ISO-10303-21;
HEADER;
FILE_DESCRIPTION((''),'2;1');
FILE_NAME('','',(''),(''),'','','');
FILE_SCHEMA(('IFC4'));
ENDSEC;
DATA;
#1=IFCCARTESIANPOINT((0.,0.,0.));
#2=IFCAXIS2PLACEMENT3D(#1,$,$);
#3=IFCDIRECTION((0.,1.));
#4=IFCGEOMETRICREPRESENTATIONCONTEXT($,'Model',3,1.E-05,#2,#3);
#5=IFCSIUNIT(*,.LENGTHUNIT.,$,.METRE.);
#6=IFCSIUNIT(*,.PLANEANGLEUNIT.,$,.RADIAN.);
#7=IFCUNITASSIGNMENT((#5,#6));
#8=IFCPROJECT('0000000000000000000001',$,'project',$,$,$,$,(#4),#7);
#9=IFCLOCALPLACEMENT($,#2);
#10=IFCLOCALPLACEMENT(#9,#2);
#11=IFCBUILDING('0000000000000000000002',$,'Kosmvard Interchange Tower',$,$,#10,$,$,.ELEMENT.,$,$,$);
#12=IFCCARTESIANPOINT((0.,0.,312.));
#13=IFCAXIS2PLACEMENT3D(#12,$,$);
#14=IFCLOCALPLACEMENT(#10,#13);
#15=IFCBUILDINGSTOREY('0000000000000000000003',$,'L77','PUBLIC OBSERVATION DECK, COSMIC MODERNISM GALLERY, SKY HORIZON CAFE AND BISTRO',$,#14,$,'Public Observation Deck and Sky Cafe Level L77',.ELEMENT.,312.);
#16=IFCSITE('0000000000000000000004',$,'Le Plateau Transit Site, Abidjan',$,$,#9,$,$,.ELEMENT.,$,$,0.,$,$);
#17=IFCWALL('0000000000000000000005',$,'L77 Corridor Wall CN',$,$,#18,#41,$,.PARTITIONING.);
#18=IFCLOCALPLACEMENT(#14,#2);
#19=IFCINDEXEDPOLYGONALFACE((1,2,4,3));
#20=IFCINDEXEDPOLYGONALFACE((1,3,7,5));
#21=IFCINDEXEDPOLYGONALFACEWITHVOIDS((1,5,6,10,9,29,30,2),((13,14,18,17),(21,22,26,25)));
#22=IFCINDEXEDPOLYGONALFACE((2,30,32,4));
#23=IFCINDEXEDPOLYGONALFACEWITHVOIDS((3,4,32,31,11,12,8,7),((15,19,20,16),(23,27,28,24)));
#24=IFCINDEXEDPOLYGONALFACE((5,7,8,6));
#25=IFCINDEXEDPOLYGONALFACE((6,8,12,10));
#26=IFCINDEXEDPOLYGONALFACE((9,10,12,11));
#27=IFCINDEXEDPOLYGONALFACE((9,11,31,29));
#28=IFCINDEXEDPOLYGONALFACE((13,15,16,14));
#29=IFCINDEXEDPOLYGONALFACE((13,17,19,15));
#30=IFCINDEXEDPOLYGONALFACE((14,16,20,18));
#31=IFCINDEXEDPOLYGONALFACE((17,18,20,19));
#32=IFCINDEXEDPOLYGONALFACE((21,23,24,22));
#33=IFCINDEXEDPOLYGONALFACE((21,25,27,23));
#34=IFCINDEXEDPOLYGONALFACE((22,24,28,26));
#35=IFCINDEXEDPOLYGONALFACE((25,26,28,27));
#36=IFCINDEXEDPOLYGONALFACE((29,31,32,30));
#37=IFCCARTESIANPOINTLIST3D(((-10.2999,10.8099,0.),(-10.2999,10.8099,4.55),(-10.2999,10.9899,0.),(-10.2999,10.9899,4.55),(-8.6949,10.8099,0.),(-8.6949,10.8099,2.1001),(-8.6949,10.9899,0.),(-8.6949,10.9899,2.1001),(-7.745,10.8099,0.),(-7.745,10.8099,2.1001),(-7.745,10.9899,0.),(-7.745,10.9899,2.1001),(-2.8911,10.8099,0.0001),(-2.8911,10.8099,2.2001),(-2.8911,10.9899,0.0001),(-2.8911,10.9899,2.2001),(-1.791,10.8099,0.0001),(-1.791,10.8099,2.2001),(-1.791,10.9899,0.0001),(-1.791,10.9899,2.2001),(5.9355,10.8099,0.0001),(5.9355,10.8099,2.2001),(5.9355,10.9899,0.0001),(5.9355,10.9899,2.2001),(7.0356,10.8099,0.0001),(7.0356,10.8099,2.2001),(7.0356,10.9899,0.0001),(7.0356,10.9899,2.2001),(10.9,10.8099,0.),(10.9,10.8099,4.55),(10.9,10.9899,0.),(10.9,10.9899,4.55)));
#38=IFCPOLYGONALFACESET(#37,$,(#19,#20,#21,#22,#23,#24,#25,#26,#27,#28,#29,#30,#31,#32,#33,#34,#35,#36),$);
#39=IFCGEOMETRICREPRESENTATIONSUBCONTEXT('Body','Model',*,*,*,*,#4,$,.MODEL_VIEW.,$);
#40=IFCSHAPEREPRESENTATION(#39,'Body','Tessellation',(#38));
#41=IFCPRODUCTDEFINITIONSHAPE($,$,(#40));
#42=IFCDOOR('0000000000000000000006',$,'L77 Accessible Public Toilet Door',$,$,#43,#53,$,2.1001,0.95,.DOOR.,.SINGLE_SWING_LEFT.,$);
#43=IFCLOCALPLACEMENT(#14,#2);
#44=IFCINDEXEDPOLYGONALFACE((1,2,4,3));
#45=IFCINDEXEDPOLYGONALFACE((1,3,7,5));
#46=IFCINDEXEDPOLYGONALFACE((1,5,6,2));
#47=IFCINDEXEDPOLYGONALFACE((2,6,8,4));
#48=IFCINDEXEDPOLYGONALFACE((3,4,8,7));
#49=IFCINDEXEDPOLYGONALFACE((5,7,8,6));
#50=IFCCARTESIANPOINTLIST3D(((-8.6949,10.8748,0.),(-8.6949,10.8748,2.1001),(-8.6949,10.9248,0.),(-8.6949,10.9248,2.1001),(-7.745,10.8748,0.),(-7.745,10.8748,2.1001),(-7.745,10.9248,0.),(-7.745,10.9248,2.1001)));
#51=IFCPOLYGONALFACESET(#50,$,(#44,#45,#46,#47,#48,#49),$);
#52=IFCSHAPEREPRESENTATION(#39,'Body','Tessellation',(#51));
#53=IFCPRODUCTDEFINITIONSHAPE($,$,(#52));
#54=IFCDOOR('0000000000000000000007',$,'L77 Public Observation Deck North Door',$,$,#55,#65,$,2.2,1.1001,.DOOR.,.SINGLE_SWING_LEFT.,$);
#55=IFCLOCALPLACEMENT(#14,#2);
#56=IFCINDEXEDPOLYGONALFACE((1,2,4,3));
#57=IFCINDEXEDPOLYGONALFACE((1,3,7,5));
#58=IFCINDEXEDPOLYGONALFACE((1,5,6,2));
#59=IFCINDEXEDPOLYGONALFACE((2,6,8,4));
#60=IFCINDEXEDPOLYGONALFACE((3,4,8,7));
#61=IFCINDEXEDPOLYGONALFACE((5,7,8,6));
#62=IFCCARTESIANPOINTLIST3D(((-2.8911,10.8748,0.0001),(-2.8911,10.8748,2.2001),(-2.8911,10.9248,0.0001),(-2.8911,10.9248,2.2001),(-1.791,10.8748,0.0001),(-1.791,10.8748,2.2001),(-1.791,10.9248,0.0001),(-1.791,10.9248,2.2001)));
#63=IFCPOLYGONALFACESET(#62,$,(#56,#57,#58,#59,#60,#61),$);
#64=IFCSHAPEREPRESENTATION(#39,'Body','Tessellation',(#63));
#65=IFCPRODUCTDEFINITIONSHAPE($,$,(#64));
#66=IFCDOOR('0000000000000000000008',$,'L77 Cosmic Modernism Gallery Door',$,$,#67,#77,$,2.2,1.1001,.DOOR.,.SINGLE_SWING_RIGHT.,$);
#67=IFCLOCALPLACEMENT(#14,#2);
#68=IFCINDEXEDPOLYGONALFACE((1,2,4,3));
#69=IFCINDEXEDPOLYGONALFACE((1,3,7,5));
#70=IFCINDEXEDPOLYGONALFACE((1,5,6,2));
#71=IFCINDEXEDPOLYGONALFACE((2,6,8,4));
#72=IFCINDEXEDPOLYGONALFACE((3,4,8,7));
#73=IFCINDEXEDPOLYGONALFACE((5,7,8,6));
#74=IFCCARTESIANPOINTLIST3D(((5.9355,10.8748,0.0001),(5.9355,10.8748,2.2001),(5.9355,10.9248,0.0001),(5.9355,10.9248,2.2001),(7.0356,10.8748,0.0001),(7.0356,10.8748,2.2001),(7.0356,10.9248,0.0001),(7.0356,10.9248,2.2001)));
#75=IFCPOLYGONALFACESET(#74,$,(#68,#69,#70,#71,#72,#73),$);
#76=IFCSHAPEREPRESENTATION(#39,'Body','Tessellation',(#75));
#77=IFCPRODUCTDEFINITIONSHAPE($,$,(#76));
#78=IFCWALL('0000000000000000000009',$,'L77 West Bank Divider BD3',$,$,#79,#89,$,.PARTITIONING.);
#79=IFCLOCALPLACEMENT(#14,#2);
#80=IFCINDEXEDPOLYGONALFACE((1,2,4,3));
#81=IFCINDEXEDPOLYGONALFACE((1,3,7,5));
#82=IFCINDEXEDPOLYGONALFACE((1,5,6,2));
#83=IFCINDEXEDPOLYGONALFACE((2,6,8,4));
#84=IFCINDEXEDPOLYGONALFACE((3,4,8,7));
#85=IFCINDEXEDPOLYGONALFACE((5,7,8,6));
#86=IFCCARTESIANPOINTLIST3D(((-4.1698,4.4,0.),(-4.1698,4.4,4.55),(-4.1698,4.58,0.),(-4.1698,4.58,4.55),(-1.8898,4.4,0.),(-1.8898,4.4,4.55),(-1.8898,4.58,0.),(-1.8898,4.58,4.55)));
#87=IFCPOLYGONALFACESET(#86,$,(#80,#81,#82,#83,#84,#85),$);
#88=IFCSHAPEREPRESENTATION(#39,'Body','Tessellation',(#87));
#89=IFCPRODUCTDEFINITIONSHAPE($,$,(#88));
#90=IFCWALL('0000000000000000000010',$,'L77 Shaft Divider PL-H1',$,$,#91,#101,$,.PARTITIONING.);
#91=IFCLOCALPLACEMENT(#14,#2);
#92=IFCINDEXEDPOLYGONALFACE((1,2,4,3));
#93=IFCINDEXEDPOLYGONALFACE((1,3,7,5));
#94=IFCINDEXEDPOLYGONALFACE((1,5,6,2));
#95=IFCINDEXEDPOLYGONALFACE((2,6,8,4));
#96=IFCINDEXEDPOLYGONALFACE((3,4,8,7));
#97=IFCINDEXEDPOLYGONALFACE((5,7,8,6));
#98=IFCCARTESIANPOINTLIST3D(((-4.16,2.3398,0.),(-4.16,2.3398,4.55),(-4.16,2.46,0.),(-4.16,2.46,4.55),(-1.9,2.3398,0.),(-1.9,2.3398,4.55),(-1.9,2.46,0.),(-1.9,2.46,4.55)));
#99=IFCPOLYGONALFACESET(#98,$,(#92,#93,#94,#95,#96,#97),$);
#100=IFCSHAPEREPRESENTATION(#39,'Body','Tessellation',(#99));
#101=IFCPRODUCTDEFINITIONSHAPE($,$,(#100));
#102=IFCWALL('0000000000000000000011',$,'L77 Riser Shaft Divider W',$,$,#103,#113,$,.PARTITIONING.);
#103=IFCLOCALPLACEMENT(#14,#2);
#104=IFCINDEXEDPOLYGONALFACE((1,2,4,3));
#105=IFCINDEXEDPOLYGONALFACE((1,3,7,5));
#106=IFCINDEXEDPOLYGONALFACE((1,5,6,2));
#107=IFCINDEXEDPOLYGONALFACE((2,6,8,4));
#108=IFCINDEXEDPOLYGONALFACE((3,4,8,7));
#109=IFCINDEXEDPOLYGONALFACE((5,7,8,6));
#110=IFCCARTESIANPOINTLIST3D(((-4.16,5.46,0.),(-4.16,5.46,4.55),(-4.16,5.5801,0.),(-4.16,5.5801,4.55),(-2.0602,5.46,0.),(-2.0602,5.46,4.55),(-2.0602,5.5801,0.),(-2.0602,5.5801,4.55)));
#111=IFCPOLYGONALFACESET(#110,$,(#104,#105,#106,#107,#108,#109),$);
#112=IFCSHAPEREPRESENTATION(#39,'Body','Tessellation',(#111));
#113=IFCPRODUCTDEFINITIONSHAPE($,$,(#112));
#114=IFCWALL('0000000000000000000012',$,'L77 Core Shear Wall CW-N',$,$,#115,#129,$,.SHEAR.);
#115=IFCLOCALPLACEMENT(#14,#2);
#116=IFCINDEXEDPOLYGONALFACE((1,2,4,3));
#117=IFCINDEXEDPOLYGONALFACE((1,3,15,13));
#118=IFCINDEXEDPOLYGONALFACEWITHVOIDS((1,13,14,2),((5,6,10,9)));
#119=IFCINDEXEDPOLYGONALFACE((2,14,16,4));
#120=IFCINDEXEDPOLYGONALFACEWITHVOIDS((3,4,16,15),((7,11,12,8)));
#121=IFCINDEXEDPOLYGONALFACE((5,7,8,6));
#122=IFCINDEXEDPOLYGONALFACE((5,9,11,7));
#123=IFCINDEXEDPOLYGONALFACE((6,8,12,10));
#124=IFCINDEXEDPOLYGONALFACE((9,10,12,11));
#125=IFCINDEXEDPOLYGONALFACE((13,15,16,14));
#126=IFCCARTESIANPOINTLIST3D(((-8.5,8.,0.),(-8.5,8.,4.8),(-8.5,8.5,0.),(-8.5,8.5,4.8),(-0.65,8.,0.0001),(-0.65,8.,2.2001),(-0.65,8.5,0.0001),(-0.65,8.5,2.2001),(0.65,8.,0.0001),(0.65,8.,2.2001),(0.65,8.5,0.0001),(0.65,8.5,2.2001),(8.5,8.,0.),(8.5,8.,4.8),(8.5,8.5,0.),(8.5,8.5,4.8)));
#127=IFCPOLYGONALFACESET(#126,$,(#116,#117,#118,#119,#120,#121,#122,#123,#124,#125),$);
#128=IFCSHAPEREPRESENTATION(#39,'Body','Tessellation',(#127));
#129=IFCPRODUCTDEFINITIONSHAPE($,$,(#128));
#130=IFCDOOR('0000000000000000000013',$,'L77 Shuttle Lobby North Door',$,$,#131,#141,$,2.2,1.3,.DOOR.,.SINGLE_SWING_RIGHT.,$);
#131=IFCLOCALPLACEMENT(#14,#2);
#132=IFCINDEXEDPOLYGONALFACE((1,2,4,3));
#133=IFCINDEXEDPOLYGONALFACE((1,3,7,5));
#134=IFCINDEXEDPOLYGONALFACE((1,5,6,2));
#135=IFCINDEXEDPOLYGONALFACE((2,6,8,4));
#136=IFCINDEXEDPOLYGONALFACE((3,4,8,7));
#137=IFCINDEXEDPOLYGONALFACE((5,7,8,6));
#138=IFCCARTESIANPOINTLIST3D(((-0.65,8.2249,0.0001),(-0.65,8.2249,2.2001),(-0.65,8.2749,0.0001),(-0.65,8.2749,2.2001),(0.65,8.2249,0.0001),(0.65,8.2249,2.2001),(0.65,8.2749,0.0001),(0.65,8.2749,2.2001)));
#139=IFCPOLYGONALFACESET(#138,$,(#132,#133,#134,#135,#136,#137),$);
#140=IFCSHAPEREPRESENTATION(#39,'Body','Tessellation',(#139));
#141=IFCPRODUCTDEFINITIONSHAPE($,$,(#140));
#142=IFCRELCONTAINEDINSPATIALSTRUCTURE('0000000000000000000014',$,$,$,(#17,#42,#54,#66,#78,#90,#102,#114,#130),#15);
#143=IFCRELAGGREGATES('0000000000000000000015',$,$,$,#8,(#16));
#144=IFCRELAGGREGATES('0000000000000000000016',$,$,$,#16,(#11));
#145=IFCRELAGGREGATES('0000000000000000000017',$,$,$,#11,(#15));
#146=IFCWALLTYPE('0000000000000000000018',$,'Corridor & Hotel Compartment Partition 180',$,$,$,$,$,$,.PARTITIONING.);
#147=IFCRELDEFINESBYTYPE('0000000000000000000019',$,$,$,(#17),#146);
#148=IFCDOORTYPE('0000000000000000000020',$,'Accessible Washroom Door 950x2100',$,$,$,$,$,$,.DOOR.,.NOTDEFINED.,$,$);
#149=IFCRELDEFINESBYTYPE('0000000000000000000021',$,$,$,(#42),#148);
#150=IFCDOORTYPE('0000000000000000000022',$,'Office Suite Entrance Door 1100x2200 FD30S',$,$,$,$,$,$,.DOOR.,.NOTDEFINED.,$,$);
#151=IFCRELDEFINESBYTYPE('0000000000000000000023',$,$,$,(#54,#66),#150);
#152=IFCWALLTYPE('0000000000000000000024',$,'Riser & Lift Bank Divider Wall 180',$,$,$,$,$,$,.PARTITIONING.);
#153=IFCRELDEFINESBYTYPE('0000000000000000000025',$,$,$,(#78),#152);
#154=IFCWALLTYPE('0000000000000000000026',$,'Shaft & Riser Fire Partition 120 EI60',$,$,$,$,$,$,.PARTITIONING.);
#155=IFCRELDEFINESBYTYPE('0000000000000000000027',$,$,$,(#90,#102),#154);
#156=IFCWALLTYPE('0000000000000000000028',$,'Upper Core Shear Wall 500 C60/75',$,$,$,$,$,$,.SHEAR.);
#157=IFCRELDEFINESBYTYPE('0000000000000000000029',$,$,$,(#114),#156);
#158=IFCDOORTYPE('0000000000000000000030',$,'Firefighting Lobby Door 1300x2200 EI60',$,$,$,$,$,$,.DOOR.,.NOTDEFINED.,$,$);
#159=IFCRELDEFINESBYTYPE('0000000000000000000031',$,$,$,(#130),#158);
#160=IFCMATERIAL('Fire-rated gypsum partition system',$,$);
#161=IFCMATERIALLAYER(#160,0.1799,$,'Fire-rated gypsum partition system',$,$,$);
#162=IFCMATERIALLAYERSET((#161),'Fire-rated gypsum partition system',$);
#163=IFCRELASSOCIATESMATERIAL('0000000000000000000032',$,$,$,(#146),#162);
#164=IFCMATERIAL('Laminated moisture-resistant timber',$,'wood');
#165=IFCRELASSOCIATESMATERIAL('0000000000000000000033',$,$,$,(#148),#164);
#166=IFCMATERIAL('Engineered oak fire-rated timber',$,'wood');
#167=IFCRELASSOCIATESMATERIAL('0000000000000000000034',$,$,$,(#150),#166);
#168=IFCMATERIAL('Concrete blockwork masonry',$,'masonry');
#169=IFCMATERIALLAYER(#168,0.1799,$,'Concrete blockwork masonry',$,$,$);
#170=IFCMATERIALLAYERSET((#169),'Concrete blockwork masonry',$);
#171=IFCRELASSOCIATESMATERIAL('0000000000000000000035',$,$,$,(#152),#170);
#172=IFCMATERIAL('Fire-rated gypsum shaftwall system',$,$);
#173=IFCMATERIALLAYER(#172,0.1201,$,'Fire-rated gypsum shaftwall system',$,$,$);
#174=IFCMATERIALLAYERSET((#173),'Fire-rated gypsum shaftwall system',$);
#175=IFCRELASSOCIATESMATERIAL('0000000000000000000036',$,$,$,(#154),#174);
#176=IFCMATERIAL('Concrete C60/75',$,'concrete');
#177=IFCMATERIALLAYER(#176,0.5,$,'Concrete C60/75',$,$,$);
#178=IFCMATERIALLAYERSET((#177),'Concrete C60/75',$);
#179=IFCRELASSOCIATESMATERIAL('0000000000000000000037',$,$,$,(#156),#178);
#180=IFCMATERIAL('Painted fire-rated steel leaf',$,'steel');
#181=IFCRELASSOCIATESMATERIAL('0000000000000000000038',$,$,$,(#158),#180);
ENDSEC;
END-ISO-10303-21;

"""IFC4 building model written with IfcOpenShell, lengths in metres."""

from ifc_helpers import new_model, si_unit, direction, frame, frame_2d, origin, place, context, subcontext, project, spatial, rectangle, extrude, source, transform, mapped, material, layer, layer_set, type_object, element, fill, save


model = new_model("IFC4")

# Units and contexts
model_context = context("Model", 3, precision=1e-05, world=origin(), true_north=direction((0.0, 1.0)))
body_context = subcontext(model_context, "Body", "Model", "MODEL_VIEW")
ifc_project = project(units=[si_unit("LENGTHUNIT", "METRE"), si_unit("PLANEANGLEUNIT", "RADIAN")], contexts=[model_context])

# Site, building, storey
site_placement = place(None, origin())
site = spatial("IfcSite", under=ifc_project, at=site_placement, Name="Le Plateau Transit Site, Abidjan", CompositionType="ELEMENT", RefElevation=0.0)
building_placement = place(site_placement, origin())
building = spatial("IfcBuilding", under=site, at=building_placement, Name="Kosmvard Interchange Tower", CompositionType="ELEMENT")
storey_placement = place(building_placement, frame((0.0, 0.0, 312.0)))
storey = spatial("IfcBuildingStorey", under=building, at=storey_placement, Name="L77", Description="PUBLIC OBSERVATION DECK, COSMIC MODERNISM GALLERY, SKY HORIZON CAFE AND BISTRO", LongName="Public Observation Deck and Sky Cafe Level L77", CompositionType="ELEMENT", Elevation=312.0)

# Wall, openings, doors
ifc_material_1 = material(Name="Fire-rated gypsum partition system")
ifc_layer_1 = layer(ifc_material_1, 0.1799, Name="Fire-rated gypsum partition system")
ifc_layer_set_1 = layer_set([ifc_layer_1], Name="Fire-rated gypsum partition system")
wall_type_1 = type_object("IfcWallType", Name="Corridor & Hotel Compartment Partition 180", PredefinedType="PARTITIONING", material=ifc_layer_set_1)
wall_1_placement = place(storey_placement, frame((-10.3, 10.8999, 0.0), z_axis=(0.0, 0.0, 1.0), x_axis=(1.0, 0.0, 0.0)))
wall_1 = element("IfcWall", 1, at=wall_1_placement, inside=storey, type_object=wall_type_1, Name="L77 Corridor Wall CN", PredefinedType="PARTITIONING", context=body_context, shape_type="SweptSolid", body=[
    extrude(rectangle(XDim=21.2, YDim=0.1799, at=frame_2d((10.6001, 0.0))), origin(), (0.0, 0.0, 1.0), 4.55),
])
opening_1_placement = place(wall_1_placement, frame((1.605, 0.0, 0.0)))
opening_1 = element("IfcOpeningElement", 2, at=opening_1_placement, cuts=wall_1, PredefinedType="OPENING", context=body_context, shape_type="SweptSolid", body=[
    extrude(rectangle(XDim=0.95, YDim=2.1001, at=frame_2d((0.4751, 1.05))), frame((0.0, 0.1001, 0.0), z_axis=(0.0, -1.0, 0.0), x_axis=(1.0, 0.0, 0.0)), (0.0, 0.0, 1.0), 0.2),
])
opening_2_placement = place(wall_1_placement, frame((7.4089, 0.0, 0.0)))
opening_2 = element("IfcOpeningElement", 3, at=opening_2_placement, cuts=wall_1, PredefinedType="OPENING", context=body_context, shape_type="SweptSolid", body=[
    extrude(rectangle(XDim=1.1001, YDim=2.2, at=frame_2d((0.55, 1.1001))), frame((0.0, 0.1001, 0.0), z_axis=(0.0, -1.0, 0.0), x_axis=(1.0, 0.0, 0.0)), (0.0, 0.0, 1.0), 0.2),
])
opening_3_placement = place(wall_1_placement, frame((16.2356, 0.0, 0.0)))
opening_3 = element("IfcOpeningElement", 4, at=opening_3_placement, cuts=wall_1, PredefinedType="OPENING", context=body_context, shape_type="SweptSolid", body=[
    extrude(rectangle(XDim=1.1001, YDim=2.2, at=frame_2d((0.55, 1.1001))), frame((0.0, 0.1001, 0.0), z_axis=(0.0, -1.0, 0.0), x_axis=(1.0, 0.0, 0.0)), (0.0, 0.0, 1.0), 0.2),
])
ifc_material_2 = material(Name="Laminated moisture-resistant timber", Category="wood")
door_type_1 = type_object("IfcDoorType", Name="Accessible Washroom Door 950x2100", OperationType="NOTDEFINED", PredefinedType="DOOR", material=ifc_material_2)
shared_shape_1 = source(origin(), body_context, "Body", "SweptSolid", [
    extrude(rectangle(XDim=0.95, YDim=2.1001, at=frame_2d((0.4751, 1.05))), frame((0.0, 0.0249, 0.0), z_axis=(0.0, -1.0, 0.0), x_axis=(1.0, 0.0, 0.0)), (0.0, 0.0, 1.0), 0.05),
])
door_1_placement = place(opening_1_placement, origin())
door_1 = element("IfcDoor", 5, at=door_1_placement, inside=storey, type_object=door_type_1, Name="L77 Accessible Public Toilet Door", OperationType="SINGLE_SWING_LEFT", OverallHeight=2.1001, OverallWidth=0.95, PredefinedType="DOOR", context=body_context, shape_type="MappedRepresentation", body=[
    mapped(shared_shape_1, transform((0.0, 0.0, 0.0), scale=1.0)),
])
fill(opening_1, door_1)
ifc_material_3 = material(Name="Engineered oak fire-rated timber", Category="wood")
door_type_2 = type_object("IfcDoorType", Name="Office Suite Entrance Door 1100x2200 FD30S", OperationType="NOTDEFINED", PredefinedType="DOOR", material=ifc_material_3)
shared_shape_2 = source(origin(), body_context, "Body", "SweptSolid", [
    extrude(rectangle(XDim=1.1001, YDim=2.2, at=frame_2d((0.55, 1.1001))), frame((0.0, 0.0249, 0.0), z_axis=(0.0, -1.0, 0.0), x_axis=(1.0, 0.0, 0.0)), (0.0, 0.0, 1.0), 0.05),
])
door_2_placement = place(opening_2_placement, origin())
door_2 = element("IfcDoor", 6, at=door_2_placement, inside=storey, type_object=door_type_2, Name="L77 Public Observation Deck North Door", OperationType="SINGLE_SWING_LEFT", OverallHeight=2.2, OverallWidth=1.1001, PredefinedType="DOOR", context=body_context, shape_type="MappedRepresentation", body=[
    mapped(shared_shape_2, transform((0.0, 0.0, 0.0), scale=1.0)),
])
fill(opening_2, door_2)
door_3_placement = place(opening_3_placement, origin())
door_3 = element("IfcDoor", 7, at=door_3_placement, inside=storey, type_object=door_type_2, Name="L77 Cosmic Modernism Gallery Door", OperationType="SINGLE_SWING_RIGHT", OverallHeight=2.2, OverallWidth=1.1001, PredefinedType="DOOR", context=body_context, shape_type="MappedRepresentation", body=[
    mapped(shared_shape_2, transform((0.0, 0.0, 0.0), scale=1.0)),
])
fill(opening_3, door_3)

# Walls
ifc_material_4 = material(Name="Concrete blockwork masonry", Category="masonry")
ifc_layer_2 = layer(ifc_material_4, 0.1799, Name="Concrete blockwork masonry")
ifc_layer_set_2 = layer_set([ifc_layer_2], Name="Concrete blockwork masonry")
wall_type_2 = type_object("IfcWallType", Name="Riser & Lift Bank Divider Wall 180", PredefinedType="PARTITIONING", material=ifc_layer_set_2)
wall_2_placement = place(storey_placement, frame((-4.1699, 4.49, 0.0), z_axis=(0.0, 0.0, 1.0), x_axis=(1.0, 0.0, 0.0)))
element("IfcWall", 8, at=wall_2_placement, inside=storey, type_object=wall_type_2, Name="L77 West Bank Divider BD3", PredefinedType="PARTITIONING", context=body_context, shape_type="SweptSolid", body=[
    extrude(rectangle(XDim=2.28, YDim=0.1799, at=frame_2d((1.1401, 0.0))), origin(), (0.0, 0.0, 1.0), 4.55),
])
ifc_material_5 = material(Name="Fire-rated gypsum shaftwall system")
ifc_layer_3 = layer(ifc_material_5, 0.1201, Name="Fire-rated gypsum shaftwall system")
ifc_layer_set_3 = layer_set([ifc_layer_3], Name="Fire-rated gypsum shaftwall system")
wall_type_3 = type_object("IfcWallType", Name="Shaft & Riser Fire Partition 120 EI60", PredefinedType="PARTITIONING", material=ifc_layer_set_3)
wall_3_placement = place(storey_placement, frame((-4.1599, 2.3999, 0.0), z_axis=(0.0, 0.0, 1.0), x_axis=(1.0, 0.0, 0.0)))
element("IfcWall", 9, at=wall_3_placement, inside=storey, type_object=wall_type_3, Name="L77 Shaft Divider PL-H1", PredefinedType="PARTITIONING", context=body_context, shape_type="SweptSolid", body=[
    extrude(rectangle(XDim=2.26, YDim=0.1201, at=frame_2d((1.1299, 0.0))), origin(), (0.0, 0.0, 1.0), 4.55),
])
wall_4_placement = place(storey_placement, frame((-4.1599, 5.52, 0.0), z_axis=(0.0, 0.0, 1.0), x_axis=(1.0, 0.0, 0.0)))
element("IfcWall", 10, at=wall_4_placement, inside=storey, type_object=wall_type_3, Name="L77 Riser Shaft Divider W", PredefinedType="PARTITIONING", context=body_context, shape_type="SweptSolid", body=[
    extrude(rectangle(XDim=2.0999, YDim=0.1201, at=frame_2d((1.0498, 0.0))), origin(), (0.0, 0.0, 1.0), 4.55),
])

# Wall, opening, door
ifc_material_6 = material(Name="Concrete C60/75", Category="concrete")
ifc_layer_4 = layer(ifc_material_6, 0.5, Name="Concrete C60/75")
ifc_layer_set_4 = layer_set([ifc_layer_4], Name="Concrete C60/75")
wall_type_4 = type_object("IfcWallType", Name="Upper Core Shear Wall 500 C60/75", PredefinedType="SHEAR", material=ifc_layer_set_4)
wall_5_placement = place(storey_placement, frame((-8.5, 8.25, 0.0), z_axis=(0.0, 0.0, 1.0), x_axis=(1.0, 0.0, 0.0)))
wall_5 = element("IfcWall", 11, at=wall_5_placement, inside=storey, type_object=wall_type_4, Name="L77 Core Shear Wall CW-N", PredefinedType="SHEAR", context=body_context, shape_type="SweptSolid", body=[
    extrude(rectangle(XDim=17.0, YDim=0.5, at=frame_2d((8.5, 0.0))), origin(), (0.0, 0.0, 1.0), 4.8),
])
opening_4_placement = place(wall_5_placement, frame((7.8501, 0.0, 0.0)))
opening_4 = element("IfcOpeningElement", 12, at=opening_4_placement, cuts=wall_5, PredefinedType="OPENING", context=body_context, shape_type="SweptSolid", body=[
    extrude(rectangle(XDim=1.3, YDim=2.2, at=frame_2d((0.6499, 1.1001))), frame((0.0, 0.26, 0.0), z_axis=(0.0, -1.0, 0.0), x_axis=(1.0, 0.0, 0.0)), (0.0, 0.0, 1.0), 0.52),
])
ifc_material_7 = material(Name="Painted fire-rated steel leaf", Category="steel")
door_type_3 = type_object("IfcDoorType", Name="Firefighting Lobby Door 1300x2200 EI60", OperationType="NOTDEFINED", PredefinedType="DOOR", material=ifc_material_7)
shared_shape_3 = source(origin(), body_context, "Body", "SweptSolid", [
    extrude(rectangle(XDim=1.3, YDim=2.2, at=frame_2d((0.6499, 1.1001))), frame((0.0, 0.0249, 0.0), z_axis=(0.0, -1.0, 0.0), x_axis=(1.0, 0.0, 0.0)), (0.0, 0.0, 1.0), 0.05),
])
door_4_placement = place(opening_4_placement, origin())
door_4 = element("IfcDoor", 13, at=door_4_placement, inside=storey, type_object=door_type_3, Name="L77 Shuttle Lobby North Door", OperationType="SINGLE_SWING_RIGHT", OverallHeight=2.2, OverallWidth=1.3, PredefinedType="DOOR", context=body_context, shape_type="MappedRepresentation", body=[
    mapped(shared_shape_3, transform((0.0, 0.0, 0.0), scale=1.0)),
])
fill(opening_4, door_4)

save(model, "model.ifc")
